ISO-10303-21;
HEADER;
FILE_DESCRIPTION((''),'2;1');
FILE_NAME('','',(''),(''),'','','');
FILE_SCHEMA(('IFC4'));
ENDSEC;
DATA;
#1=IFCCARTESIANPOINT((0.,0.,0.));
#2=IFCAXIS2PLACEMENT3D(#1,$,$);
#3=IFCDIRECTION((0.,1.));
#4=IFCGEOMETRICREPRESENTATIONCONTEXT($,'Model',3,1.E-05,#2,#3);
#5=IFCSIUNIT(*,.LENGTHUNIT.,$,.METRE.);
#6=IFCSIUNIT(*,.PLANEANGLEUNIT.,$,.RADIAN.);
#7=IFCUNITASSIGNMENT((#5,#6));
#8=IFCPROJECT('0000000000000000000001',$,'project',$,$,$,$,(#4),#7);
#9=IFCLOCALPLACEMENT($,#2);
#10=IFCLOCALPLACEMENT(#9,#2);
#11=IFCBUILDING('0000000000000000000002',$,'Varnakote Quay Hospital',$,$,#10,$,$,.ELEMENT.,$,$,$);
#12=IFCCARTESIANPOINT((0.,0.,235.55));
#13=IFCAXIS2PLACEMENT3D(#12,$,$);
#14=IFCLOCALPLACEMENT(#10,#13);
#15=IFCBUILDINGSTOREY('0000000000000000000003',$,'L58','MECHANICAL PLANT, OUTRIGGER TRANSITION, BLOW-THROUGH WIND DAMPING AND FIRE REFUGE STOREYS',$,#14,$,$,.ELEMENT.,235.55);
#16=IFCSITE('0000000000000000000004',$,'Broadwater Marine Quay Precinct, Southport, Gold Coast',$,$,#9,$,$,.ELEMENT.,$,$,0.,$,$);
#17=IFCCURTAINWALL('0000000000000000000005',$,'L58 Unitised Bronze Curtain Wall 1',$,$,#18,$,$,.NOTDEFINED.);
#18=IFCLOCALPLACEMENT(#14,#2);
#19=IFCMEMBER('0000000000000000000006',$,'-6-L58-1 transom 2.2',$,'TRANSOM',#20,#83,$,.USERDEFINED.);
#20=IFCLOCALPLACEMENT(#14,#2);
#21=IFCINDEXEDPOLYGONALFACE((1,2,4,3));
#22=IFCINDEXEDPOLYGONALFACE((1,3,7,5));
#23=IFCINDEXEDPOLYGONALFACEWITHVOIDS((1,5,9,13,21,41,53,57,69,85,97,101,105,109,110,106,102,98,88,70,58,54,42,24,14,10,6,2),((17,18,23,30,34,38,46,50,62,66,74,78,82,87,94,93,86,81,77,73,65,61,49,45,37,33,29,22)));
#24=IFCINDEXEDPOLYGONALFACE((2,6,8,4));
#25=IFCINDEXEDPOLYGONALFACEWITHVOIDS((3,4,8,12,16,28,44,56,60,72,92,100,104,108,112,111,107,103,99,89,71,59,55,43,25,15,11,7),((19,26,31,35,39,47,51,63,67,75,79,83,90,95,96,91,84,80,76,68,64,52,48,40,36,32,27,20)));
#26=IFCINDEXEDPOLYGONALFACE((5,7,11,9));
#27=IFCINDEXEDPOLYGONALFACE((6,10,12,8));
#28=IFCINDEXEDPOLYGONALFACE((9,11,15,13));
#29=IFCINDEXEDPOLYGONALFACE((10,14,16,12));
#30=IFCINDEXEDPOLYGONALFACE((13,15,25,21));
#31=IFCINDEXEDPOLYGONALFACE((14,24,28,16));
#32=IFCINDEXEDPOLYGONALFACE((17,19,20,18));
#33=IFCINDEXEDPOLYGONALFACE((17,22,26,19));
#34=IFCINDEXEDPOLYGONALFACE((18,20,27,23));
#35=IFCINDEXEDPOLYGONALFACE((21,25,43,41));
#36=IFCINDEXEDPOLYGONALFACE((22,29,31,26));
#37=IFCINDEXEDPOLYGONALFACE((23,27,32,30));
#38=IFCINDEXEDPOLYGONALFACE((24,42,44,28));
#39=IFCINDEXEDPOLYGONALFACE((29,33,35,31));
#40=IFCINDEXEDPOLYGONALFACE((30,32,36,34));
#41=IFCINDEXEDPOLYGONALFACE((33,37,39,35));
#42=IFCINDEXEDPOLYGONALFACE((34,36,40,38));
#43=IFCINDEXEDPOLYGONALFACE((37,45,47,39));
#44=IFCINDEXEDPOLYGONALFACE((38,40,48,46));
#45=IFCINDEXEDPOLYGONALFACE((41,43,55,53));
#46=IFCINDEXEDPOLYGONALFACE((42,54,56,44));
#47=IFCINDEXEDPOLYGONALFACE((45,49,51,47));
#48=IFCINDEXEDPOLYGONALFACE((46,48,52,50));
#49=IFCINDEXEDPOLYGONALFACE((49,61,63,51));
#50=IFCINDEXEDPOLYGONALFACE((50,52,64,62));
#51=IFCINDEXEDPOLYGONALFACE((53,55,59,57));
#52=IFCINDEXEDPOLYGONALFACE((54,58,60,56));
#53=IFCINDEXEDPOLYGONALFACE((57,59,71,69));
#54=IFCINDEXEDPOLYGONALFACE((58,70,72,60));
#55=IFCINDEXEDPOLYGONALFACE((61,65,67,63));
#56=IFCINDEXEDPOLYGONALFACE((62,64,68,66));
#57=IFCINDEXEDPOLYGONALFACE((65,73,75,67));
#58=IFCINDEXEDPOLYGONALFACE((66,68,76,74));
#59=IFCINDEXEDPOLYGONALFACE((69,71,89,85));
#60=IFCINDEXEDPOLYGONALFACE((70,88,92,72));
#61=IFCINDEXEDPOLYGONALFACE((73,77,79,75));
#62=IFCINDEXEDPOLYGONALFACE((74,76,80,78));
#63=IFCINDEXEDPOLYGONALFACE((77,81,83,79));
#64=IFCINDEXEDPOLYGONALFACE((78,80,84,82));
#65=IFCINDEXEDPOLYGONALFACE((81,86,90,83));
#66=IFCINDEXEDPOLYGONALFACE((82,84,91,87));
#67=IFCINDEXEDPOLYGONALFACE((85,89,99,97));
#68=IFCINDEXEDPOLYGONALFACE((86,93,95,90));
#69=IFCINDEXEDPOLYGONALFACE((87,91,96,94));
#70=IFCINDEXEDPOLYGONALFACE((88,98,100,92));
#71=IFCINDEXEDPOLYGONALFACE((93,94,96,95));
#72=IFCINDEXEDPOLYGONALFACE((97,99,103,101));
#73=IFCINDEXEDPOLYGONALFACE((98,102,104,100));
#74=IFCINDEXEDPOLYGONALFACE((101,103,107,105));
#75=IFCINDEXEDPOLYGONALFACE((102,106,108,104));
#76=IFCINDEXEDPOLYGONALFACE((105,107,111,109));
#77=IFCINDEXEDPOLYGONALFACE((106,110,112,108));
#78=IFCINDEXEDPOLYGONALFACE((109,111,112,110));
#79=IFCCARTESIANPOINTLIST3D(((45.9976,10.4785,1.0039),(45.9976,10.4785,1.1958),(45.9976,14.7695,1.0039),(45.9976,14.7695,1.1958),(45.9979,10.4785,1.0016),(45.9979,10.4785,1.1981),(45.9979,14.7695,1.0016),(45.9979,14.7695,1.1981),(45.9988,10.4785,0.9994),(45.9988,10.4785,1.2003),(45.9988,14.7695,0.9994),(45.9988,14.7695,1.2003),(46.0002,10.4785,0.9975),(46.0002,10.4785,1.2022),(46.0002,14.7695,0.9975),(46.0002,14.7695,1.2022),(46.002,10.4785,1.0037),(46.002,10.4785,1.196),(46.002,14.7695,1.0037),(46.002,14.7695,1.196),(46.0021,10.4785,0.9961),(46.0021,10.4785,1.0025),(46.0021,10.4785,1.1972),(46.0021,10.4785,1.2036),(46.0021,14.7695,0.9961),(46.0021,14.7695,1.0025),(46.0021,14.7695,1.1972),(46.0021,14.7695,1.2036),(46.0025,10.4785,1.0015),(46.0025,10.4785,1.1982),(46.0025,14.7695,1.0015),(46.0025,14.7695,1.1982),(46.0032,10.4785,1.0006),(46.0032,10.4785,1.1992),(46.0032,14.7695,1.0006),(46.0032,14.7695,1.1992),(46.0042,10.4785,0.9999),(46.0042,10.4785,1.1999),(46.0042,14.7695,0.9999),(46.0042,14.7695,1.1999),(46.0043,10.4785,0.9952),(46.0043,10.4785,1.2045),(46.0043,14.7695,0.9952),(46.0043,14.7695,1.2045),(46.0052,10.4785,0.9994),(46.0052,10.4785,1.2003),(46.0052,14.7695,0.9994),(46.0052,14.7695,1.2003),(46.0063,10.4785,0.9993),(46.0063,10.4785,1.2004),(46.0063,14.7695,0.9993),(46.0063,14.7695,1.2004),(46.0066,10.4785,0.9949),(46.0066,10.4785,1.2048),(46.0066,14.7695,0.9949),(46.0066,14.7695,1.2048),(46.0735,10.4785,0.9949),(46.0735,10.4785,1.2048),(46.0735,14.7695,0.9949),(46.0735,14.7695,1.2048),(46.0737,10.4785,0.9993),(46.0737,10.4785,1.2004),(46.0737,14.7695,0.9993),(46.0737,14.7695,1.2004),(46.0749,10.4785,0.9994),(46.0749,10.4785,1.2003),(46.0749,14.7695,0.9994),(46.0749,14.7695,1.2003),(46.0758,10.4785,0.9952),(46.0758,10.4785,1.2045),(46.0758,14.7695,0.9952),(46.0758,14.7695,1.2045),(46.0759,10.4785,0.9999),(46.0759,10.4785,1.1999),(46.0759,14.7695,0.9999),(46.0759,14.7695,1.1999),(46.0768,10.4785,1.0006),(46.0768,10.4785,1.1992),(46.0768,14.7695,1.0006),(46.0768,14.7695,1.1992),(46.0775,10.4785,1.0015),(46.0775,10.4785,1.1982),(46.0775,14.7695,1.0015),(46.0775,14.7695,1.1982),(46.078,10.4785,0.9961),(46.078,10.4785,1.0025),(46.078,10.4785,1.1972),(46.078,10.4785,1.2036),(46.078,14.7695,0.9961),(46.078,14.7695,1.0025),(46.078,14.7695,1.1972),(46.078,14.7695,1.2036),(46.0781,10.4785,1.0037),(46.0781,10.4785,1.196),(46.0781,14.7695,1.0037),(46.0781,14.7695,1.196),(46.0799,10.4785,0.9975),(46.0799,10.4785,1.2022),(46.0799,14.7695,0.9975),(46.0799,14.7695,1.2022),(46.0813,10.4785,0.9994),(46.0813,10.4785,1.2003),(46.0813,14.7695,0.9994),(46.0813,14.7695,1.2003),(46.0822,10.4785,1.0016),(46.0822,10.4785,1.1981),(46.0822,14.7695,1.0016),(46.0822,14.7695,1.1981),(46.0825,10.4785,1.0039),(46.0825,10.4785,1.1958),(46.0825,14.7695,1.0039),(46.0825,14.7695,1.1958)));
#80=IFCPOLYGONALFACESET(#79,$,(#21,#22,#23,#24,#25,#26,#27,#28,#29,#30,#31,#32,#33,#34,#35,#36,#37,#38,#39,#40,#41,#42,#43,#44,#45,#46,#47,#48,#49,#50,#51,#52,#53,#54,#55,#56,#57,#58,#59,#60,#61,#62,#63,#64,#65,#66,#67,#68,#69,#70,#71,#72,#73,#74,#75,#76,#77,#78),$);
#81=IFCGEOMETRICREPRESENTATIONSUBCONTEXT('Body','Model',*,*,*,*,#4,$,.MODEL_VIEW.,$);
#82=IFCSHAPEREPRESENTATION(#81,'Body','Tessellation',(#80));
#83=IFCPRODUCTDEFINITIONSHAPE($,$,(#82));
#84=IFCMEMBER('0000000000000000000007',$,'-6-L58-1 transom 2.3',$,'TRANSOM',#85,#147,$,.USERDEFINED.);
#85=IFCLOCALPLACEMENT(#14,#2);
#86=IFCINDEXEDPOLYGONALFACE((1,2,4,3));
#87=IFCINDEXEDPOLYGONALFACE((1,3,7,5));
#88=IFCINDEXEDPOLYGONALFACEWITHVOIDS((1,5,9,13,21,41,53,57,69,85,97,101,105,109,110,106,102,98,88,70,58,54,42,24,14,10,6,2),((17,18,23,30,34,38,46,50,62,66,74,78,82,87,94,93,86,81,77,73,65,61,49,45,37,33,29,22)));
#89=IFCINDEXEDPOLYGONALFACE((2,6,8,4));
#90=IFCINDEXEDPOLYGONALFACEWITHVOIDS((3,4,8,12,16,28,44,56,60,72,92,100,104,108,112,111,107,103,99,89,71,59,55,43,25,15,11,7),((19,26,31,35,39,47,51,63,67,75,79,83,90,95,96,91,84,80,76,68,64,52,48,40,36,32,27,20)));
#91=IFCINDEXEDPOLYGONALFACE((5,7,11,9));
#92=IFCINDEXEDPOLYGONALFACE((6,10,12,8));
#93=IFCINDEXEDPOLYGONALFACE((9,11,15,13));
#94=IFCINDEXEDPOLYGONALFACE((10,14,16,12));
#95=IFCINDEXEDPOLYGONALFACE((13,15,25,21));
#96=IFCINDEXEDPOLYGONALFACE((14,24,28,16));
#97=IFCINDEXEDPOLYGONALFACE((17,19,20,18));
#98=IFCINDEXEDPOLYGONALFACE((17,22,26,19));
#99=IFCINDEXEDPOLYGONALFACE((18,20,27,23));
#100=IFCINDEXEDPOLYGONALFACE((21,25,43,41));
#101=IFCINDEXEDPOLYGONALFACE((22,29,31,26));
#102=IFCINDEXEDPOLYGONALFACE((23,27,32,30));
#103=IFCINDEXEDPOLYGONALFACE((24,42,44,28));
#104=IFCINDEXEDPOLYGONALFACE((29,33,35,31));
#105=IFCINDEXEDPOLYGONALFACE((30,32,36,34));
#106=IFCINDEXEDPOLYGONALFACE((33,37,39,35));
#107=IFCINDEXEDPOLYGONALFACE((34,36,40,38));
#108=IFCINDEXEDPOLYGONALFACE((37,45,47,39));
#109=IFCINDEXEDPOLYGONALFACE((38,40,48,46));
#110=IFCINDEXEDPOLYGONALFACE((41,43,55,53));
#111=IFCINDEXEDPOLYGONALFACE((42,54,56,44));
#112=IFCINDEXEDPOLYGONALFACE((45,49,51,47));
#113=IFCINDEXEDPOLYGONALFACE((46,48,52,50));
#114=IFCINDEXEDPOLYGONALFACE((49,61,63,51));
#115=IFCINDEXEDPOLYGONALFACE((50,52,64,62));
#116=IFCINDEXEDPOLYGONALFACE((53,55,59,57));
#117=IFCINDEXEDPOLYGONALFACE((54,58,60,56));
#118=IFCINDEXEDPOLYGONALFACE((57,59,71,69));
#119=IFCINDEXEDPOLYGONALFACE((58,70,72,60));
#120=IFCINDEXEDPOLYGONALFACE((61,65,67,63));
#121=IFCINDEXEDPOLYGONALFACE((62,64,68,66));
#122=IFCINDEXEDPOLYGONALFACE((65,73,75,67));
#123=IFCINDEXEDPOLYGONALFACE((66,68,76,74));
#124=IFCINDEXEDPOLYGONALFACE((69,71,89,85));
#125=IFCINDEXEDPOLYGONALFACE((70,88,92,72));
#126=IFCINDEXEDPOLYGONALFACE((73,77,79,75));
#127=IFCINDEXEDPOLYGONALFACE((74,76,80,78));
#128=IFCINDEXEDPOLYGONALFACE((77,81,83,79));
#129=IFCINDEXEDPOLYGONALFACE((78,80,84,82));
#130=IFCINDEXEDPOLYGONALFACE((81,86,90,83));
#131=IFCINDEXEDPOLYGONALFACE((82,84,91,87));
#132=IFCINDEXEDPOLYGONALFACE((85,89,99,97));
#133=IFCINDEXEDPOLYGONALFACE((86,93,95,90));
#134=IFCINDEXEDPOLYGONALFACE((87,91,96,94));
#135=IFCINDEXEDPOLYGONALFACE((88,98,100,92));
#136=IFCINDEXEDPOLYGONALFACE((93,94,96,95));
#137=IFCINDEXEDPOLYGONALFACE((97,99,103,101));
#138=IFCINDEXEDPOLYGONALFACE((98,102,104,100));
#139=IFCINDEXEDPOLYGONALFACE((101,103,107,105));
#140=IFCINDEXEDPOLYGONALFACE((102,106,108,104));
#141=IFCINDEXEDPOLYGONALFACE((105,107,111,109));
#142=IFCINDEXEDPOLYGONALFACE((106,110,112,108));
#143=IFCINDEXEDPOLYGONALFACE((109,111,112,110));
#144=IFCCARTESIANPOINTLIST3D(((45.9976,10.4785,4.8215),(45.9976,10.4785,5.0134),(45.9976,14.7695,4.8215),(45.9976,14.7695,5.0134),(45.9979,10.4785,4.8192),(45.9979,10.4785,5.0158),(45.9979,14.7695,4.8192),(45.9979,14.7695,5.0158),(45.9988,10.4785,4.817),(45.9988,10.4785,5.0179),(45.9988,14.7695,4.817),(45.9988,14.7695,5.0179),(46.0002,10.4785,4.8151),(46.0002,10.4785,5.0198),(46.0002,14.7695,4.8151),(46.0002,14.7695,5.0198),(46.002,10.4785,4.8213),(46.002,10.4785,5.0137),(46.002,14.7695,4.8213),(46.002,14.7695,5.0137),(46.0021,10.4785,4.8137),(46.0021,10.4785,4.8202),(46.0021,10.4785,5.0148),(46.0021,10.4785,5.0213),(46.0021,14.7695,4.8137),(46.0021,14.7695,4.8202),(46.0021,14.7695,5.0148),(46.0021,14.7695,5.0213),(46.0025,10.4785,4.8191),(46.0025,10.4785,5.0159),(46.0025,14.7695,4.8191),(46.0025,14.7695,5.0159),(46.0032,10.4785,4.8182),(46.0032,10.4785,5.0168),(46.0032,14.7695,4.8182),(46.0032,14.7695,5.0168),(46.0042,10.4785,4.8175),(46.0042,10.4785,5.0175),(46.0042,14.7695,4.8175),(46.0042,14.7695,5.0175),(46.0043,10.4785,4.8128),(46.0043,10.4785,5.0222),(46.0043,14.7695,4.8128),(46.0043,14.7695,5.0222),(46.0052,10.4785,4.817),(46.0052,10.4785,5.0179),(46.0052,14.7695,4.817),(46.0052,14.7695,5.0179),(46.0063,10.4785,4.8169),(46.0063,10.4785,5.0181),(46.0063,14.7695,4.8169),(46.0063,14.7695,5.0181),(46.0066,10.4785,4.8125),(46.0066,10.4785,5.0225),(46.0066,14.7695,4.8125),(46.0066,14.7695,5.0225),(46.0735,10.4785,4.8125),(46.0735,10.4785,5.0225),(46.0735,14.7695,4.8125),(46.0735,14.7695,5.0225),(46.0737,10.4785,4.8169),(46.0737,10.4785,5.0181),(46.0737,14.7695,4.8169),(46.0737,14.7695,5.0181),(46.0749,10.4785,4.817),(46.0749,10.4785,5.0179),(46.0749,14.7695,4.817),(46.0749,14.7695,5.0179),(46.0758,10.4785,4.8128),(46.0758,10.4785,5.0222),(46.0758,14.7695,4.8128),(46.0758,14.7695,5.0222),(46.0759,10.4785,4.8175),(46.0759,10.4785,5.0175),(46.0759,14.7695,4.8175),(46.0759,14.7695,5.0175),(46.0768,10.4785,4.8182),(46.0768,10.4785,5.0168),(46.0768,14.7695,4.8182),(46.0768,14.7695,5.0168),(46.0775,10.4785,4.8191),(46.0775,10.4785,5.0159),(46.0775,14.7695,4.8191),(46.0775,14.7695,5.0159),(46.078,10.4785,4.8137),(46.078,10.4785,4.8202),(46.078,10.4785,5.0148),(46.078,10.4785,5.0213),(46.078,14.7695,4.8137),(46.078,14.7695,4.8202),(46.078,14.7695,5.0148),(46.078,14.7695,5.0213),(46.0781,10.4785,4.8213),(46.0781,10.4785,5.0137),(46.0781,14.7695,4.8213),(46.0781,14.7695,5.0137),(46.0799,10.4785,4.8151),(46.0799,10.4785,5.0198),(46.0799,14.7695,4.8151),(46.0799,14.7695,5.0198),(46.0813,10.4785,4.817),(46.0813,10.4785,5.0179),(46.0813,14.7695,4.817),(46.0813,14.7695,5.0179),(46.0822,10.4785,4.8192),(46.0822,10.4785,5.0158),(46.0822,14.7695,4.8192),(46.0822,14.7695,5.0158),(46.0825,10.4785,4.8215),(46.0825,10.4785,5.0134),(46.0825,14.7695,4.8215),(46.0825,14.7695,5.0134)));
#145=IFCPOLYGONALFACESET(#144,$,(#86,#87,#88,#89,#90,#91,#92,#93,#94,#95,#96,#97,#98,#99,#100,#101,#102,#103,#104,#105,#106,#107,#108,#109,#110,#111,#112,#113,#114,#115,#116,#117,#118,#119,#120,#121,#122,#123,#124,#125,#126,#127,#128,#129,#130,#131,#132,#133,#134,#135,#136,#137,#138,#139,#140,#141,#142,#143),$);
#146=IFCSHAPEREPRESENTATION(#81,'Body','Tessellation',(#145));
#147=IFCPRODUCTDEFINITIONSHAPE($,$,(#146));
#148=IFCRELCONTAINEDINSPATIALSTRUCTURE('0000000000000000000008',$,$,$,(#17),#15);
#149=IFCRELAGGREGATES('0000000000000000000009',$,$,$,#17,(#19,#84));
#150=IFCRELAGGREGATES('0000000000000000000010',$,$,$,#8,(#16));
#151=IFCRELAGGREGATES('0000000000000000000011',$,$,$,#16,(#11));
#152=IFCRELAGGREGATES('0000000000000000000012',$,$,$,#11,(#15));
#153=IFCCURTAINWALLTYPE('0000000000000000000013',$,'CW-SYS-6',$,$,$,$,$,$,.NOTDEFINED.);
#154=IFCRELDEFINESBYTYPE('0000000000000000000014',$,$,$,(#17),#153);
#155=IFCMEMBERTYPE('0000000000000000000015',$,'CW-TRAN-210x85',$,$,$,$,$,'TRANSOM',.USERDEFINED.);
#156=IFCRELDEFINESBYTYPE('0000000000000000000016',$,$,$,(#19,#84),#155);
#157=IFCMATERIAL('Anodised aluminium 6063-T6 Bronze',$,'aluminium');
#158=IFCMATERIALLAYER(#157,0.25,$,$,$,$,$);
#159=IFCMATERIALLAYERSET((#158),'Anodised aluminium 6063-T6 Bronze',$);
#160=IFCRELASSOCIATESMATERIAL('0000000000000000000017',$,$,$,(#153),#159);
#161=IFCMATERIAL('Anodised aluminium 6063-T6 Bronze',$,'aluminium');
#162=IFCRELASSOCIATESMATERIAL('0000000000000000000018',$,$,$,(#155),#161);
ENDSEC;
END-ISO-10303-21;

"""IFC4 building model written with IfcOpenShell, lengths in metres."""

from ifc_helpers import new_model, si_unit, direction, frame, origin, origin_2d, place, context, subcontext, project, spatial, hollow_rectangle, extrude, material, layer, layer_set, material_profile, profile_set, type_object, element, aggregate, save


model = new_model("IFC4")

# Units and contexts
model_context = context("Model", 3, precision=1e-05, world=origin(), true_north=direction((0.0, 1.0)))
body_context = subcontext(model_context, "Body", "Model", "MODEL_VIEW")
ifc_project = project(units=[si_unit("LENGTHUNIT", "METRE"), si_unit("PLANEANGLEUNIT", "RADIAN")], contexts=[model_context])

# Site, building, storey
site_placement = place(None, origin())
site = spatial("IfcSite", under=ifc_project, at=site_placement, Name="Broadwater Marine Quay Precinct, Southport, Gold Coast", CompositionType="ELEMENT", RefElevation=0.0)
building_placement = place(site_placement, origin())
building = spatial("IfcBuilding", under=site, at=building_placement, Name="Varnakote Quay Hospital", CompositionType="ELEMENT")
storey_placement = place(building_placement, frame((0.0, 0.0, 235.55)))
storey = spatial("IfcBuildingStorey", under=building, at=storey_placement, Name="L58", Description="MECHANICAL PLANT, OUTRIGGER TRANSITION, BLOW-THROUGH WIND DAMPING AND FIRE REFUGE STOREYS", CompositionType="ELEMENT", Elevation=235.55)

# Curtain wall, members
ifc_material_1 = material(Name="Anodised aluminium 6063-T6 Bronze", Category="aluminium")
ifc_layer_1 = layer(ifc_material_1, 0.25)
ifc_layer_set_1 = layer_set([ifc_layer_1], Name="Anodised aluminium 6063-T6 Bronze")
curtain_wall_type = type_object("IfcCurtainWallType", Name="CW-SYS-6", PredefinedType="NOTDEFINED", material=ifc_layer_set_1)
curtain_wall_placement = place(storey_placement, origin())
curtain_wall = element("IfcCurtainWall", 1, at=curtain_wall_placement, inside=storey, type_object=curtain_wall_type, Name="L58 Unitised Bronze Curtain Wall 1", PredefinedType="NOTDEFINED")
ifc_material_2 = material(Name="Anodised aluminium 6063-T6 Bronze", Category="aluminium")
ifc_material_profile_1 = material_profile(ifc_material_2, hollow_rectangle(XDim=0.085, YDim=0.21, WallThickness=0.0044, InnerFilletRadius=0.0044, OuterFilletRadius=0.009, at=origin_2d()), Name="CW-TRAN-210x85")
ifc_profile_set_1 = profile_set([ifc_material_profile_1], Name="Anodised aluminium 6063-T6 Bronze")
member_type_1 = type_object("IfcMemberType", Name="CW-TRAN-210x85", ElementType="TRANSOM", PredefinedType="USERDEFINED", material=ifc_profile_set_1)
member_1_placement = place(storey_placement, frame((46.04, 10.4785, 1.0999), z_axis=(0.0, 1.0, 0.0), x_axis=(-1.0, 0.0, 0.0)))
member_1 = element("IfcMember", 2, at=member_1_placement, type_object=member_type_1, Name="-6-L58-1 transom 2.2", ObjectType="TRANSOM", PredefinedType="USERDEFINED", context=body_context, shape_type="SweptSolid", body=[
    extrude(hollow_rectangle(XDim=0.085, YDim=0.21, WallThickness=0.0044, InnerFilletRadius=0.0044, OuterFilletRadius=0.009, at=origin_2d()), origin(), (0.0, 0.0, 1.0), 4.291),
])
member_2_placement = place(storey_placement, frame((46.04, 10.4785, 4.9175), z_axis=(0.0, 1.0, 0.0), x_axis=(-1.0, 0.0, 0.0)))
member_2 = element("IfcMember", 3, at=member_2_placement, type_object=member_type_1, Name="-6-L58-1 transom 2.3", ObjectType="TRANSOM", PredefinedType="USERDEFINED", context=body_context, shape_type="SweptSolid", body=[
    extrude(hollow_rectangle(XDim=0.085, YDim=0.21, WallThickness=0.0044, InnerFilletRadius=0.0044, OuterFilletRadius=0.009, at=origin_2d()), origin(), (0.0, 0.0, 1.0), 4.291),
])
aggregate(curtain_wall, [member_1, member_2])

save(model, "model.ifc")
